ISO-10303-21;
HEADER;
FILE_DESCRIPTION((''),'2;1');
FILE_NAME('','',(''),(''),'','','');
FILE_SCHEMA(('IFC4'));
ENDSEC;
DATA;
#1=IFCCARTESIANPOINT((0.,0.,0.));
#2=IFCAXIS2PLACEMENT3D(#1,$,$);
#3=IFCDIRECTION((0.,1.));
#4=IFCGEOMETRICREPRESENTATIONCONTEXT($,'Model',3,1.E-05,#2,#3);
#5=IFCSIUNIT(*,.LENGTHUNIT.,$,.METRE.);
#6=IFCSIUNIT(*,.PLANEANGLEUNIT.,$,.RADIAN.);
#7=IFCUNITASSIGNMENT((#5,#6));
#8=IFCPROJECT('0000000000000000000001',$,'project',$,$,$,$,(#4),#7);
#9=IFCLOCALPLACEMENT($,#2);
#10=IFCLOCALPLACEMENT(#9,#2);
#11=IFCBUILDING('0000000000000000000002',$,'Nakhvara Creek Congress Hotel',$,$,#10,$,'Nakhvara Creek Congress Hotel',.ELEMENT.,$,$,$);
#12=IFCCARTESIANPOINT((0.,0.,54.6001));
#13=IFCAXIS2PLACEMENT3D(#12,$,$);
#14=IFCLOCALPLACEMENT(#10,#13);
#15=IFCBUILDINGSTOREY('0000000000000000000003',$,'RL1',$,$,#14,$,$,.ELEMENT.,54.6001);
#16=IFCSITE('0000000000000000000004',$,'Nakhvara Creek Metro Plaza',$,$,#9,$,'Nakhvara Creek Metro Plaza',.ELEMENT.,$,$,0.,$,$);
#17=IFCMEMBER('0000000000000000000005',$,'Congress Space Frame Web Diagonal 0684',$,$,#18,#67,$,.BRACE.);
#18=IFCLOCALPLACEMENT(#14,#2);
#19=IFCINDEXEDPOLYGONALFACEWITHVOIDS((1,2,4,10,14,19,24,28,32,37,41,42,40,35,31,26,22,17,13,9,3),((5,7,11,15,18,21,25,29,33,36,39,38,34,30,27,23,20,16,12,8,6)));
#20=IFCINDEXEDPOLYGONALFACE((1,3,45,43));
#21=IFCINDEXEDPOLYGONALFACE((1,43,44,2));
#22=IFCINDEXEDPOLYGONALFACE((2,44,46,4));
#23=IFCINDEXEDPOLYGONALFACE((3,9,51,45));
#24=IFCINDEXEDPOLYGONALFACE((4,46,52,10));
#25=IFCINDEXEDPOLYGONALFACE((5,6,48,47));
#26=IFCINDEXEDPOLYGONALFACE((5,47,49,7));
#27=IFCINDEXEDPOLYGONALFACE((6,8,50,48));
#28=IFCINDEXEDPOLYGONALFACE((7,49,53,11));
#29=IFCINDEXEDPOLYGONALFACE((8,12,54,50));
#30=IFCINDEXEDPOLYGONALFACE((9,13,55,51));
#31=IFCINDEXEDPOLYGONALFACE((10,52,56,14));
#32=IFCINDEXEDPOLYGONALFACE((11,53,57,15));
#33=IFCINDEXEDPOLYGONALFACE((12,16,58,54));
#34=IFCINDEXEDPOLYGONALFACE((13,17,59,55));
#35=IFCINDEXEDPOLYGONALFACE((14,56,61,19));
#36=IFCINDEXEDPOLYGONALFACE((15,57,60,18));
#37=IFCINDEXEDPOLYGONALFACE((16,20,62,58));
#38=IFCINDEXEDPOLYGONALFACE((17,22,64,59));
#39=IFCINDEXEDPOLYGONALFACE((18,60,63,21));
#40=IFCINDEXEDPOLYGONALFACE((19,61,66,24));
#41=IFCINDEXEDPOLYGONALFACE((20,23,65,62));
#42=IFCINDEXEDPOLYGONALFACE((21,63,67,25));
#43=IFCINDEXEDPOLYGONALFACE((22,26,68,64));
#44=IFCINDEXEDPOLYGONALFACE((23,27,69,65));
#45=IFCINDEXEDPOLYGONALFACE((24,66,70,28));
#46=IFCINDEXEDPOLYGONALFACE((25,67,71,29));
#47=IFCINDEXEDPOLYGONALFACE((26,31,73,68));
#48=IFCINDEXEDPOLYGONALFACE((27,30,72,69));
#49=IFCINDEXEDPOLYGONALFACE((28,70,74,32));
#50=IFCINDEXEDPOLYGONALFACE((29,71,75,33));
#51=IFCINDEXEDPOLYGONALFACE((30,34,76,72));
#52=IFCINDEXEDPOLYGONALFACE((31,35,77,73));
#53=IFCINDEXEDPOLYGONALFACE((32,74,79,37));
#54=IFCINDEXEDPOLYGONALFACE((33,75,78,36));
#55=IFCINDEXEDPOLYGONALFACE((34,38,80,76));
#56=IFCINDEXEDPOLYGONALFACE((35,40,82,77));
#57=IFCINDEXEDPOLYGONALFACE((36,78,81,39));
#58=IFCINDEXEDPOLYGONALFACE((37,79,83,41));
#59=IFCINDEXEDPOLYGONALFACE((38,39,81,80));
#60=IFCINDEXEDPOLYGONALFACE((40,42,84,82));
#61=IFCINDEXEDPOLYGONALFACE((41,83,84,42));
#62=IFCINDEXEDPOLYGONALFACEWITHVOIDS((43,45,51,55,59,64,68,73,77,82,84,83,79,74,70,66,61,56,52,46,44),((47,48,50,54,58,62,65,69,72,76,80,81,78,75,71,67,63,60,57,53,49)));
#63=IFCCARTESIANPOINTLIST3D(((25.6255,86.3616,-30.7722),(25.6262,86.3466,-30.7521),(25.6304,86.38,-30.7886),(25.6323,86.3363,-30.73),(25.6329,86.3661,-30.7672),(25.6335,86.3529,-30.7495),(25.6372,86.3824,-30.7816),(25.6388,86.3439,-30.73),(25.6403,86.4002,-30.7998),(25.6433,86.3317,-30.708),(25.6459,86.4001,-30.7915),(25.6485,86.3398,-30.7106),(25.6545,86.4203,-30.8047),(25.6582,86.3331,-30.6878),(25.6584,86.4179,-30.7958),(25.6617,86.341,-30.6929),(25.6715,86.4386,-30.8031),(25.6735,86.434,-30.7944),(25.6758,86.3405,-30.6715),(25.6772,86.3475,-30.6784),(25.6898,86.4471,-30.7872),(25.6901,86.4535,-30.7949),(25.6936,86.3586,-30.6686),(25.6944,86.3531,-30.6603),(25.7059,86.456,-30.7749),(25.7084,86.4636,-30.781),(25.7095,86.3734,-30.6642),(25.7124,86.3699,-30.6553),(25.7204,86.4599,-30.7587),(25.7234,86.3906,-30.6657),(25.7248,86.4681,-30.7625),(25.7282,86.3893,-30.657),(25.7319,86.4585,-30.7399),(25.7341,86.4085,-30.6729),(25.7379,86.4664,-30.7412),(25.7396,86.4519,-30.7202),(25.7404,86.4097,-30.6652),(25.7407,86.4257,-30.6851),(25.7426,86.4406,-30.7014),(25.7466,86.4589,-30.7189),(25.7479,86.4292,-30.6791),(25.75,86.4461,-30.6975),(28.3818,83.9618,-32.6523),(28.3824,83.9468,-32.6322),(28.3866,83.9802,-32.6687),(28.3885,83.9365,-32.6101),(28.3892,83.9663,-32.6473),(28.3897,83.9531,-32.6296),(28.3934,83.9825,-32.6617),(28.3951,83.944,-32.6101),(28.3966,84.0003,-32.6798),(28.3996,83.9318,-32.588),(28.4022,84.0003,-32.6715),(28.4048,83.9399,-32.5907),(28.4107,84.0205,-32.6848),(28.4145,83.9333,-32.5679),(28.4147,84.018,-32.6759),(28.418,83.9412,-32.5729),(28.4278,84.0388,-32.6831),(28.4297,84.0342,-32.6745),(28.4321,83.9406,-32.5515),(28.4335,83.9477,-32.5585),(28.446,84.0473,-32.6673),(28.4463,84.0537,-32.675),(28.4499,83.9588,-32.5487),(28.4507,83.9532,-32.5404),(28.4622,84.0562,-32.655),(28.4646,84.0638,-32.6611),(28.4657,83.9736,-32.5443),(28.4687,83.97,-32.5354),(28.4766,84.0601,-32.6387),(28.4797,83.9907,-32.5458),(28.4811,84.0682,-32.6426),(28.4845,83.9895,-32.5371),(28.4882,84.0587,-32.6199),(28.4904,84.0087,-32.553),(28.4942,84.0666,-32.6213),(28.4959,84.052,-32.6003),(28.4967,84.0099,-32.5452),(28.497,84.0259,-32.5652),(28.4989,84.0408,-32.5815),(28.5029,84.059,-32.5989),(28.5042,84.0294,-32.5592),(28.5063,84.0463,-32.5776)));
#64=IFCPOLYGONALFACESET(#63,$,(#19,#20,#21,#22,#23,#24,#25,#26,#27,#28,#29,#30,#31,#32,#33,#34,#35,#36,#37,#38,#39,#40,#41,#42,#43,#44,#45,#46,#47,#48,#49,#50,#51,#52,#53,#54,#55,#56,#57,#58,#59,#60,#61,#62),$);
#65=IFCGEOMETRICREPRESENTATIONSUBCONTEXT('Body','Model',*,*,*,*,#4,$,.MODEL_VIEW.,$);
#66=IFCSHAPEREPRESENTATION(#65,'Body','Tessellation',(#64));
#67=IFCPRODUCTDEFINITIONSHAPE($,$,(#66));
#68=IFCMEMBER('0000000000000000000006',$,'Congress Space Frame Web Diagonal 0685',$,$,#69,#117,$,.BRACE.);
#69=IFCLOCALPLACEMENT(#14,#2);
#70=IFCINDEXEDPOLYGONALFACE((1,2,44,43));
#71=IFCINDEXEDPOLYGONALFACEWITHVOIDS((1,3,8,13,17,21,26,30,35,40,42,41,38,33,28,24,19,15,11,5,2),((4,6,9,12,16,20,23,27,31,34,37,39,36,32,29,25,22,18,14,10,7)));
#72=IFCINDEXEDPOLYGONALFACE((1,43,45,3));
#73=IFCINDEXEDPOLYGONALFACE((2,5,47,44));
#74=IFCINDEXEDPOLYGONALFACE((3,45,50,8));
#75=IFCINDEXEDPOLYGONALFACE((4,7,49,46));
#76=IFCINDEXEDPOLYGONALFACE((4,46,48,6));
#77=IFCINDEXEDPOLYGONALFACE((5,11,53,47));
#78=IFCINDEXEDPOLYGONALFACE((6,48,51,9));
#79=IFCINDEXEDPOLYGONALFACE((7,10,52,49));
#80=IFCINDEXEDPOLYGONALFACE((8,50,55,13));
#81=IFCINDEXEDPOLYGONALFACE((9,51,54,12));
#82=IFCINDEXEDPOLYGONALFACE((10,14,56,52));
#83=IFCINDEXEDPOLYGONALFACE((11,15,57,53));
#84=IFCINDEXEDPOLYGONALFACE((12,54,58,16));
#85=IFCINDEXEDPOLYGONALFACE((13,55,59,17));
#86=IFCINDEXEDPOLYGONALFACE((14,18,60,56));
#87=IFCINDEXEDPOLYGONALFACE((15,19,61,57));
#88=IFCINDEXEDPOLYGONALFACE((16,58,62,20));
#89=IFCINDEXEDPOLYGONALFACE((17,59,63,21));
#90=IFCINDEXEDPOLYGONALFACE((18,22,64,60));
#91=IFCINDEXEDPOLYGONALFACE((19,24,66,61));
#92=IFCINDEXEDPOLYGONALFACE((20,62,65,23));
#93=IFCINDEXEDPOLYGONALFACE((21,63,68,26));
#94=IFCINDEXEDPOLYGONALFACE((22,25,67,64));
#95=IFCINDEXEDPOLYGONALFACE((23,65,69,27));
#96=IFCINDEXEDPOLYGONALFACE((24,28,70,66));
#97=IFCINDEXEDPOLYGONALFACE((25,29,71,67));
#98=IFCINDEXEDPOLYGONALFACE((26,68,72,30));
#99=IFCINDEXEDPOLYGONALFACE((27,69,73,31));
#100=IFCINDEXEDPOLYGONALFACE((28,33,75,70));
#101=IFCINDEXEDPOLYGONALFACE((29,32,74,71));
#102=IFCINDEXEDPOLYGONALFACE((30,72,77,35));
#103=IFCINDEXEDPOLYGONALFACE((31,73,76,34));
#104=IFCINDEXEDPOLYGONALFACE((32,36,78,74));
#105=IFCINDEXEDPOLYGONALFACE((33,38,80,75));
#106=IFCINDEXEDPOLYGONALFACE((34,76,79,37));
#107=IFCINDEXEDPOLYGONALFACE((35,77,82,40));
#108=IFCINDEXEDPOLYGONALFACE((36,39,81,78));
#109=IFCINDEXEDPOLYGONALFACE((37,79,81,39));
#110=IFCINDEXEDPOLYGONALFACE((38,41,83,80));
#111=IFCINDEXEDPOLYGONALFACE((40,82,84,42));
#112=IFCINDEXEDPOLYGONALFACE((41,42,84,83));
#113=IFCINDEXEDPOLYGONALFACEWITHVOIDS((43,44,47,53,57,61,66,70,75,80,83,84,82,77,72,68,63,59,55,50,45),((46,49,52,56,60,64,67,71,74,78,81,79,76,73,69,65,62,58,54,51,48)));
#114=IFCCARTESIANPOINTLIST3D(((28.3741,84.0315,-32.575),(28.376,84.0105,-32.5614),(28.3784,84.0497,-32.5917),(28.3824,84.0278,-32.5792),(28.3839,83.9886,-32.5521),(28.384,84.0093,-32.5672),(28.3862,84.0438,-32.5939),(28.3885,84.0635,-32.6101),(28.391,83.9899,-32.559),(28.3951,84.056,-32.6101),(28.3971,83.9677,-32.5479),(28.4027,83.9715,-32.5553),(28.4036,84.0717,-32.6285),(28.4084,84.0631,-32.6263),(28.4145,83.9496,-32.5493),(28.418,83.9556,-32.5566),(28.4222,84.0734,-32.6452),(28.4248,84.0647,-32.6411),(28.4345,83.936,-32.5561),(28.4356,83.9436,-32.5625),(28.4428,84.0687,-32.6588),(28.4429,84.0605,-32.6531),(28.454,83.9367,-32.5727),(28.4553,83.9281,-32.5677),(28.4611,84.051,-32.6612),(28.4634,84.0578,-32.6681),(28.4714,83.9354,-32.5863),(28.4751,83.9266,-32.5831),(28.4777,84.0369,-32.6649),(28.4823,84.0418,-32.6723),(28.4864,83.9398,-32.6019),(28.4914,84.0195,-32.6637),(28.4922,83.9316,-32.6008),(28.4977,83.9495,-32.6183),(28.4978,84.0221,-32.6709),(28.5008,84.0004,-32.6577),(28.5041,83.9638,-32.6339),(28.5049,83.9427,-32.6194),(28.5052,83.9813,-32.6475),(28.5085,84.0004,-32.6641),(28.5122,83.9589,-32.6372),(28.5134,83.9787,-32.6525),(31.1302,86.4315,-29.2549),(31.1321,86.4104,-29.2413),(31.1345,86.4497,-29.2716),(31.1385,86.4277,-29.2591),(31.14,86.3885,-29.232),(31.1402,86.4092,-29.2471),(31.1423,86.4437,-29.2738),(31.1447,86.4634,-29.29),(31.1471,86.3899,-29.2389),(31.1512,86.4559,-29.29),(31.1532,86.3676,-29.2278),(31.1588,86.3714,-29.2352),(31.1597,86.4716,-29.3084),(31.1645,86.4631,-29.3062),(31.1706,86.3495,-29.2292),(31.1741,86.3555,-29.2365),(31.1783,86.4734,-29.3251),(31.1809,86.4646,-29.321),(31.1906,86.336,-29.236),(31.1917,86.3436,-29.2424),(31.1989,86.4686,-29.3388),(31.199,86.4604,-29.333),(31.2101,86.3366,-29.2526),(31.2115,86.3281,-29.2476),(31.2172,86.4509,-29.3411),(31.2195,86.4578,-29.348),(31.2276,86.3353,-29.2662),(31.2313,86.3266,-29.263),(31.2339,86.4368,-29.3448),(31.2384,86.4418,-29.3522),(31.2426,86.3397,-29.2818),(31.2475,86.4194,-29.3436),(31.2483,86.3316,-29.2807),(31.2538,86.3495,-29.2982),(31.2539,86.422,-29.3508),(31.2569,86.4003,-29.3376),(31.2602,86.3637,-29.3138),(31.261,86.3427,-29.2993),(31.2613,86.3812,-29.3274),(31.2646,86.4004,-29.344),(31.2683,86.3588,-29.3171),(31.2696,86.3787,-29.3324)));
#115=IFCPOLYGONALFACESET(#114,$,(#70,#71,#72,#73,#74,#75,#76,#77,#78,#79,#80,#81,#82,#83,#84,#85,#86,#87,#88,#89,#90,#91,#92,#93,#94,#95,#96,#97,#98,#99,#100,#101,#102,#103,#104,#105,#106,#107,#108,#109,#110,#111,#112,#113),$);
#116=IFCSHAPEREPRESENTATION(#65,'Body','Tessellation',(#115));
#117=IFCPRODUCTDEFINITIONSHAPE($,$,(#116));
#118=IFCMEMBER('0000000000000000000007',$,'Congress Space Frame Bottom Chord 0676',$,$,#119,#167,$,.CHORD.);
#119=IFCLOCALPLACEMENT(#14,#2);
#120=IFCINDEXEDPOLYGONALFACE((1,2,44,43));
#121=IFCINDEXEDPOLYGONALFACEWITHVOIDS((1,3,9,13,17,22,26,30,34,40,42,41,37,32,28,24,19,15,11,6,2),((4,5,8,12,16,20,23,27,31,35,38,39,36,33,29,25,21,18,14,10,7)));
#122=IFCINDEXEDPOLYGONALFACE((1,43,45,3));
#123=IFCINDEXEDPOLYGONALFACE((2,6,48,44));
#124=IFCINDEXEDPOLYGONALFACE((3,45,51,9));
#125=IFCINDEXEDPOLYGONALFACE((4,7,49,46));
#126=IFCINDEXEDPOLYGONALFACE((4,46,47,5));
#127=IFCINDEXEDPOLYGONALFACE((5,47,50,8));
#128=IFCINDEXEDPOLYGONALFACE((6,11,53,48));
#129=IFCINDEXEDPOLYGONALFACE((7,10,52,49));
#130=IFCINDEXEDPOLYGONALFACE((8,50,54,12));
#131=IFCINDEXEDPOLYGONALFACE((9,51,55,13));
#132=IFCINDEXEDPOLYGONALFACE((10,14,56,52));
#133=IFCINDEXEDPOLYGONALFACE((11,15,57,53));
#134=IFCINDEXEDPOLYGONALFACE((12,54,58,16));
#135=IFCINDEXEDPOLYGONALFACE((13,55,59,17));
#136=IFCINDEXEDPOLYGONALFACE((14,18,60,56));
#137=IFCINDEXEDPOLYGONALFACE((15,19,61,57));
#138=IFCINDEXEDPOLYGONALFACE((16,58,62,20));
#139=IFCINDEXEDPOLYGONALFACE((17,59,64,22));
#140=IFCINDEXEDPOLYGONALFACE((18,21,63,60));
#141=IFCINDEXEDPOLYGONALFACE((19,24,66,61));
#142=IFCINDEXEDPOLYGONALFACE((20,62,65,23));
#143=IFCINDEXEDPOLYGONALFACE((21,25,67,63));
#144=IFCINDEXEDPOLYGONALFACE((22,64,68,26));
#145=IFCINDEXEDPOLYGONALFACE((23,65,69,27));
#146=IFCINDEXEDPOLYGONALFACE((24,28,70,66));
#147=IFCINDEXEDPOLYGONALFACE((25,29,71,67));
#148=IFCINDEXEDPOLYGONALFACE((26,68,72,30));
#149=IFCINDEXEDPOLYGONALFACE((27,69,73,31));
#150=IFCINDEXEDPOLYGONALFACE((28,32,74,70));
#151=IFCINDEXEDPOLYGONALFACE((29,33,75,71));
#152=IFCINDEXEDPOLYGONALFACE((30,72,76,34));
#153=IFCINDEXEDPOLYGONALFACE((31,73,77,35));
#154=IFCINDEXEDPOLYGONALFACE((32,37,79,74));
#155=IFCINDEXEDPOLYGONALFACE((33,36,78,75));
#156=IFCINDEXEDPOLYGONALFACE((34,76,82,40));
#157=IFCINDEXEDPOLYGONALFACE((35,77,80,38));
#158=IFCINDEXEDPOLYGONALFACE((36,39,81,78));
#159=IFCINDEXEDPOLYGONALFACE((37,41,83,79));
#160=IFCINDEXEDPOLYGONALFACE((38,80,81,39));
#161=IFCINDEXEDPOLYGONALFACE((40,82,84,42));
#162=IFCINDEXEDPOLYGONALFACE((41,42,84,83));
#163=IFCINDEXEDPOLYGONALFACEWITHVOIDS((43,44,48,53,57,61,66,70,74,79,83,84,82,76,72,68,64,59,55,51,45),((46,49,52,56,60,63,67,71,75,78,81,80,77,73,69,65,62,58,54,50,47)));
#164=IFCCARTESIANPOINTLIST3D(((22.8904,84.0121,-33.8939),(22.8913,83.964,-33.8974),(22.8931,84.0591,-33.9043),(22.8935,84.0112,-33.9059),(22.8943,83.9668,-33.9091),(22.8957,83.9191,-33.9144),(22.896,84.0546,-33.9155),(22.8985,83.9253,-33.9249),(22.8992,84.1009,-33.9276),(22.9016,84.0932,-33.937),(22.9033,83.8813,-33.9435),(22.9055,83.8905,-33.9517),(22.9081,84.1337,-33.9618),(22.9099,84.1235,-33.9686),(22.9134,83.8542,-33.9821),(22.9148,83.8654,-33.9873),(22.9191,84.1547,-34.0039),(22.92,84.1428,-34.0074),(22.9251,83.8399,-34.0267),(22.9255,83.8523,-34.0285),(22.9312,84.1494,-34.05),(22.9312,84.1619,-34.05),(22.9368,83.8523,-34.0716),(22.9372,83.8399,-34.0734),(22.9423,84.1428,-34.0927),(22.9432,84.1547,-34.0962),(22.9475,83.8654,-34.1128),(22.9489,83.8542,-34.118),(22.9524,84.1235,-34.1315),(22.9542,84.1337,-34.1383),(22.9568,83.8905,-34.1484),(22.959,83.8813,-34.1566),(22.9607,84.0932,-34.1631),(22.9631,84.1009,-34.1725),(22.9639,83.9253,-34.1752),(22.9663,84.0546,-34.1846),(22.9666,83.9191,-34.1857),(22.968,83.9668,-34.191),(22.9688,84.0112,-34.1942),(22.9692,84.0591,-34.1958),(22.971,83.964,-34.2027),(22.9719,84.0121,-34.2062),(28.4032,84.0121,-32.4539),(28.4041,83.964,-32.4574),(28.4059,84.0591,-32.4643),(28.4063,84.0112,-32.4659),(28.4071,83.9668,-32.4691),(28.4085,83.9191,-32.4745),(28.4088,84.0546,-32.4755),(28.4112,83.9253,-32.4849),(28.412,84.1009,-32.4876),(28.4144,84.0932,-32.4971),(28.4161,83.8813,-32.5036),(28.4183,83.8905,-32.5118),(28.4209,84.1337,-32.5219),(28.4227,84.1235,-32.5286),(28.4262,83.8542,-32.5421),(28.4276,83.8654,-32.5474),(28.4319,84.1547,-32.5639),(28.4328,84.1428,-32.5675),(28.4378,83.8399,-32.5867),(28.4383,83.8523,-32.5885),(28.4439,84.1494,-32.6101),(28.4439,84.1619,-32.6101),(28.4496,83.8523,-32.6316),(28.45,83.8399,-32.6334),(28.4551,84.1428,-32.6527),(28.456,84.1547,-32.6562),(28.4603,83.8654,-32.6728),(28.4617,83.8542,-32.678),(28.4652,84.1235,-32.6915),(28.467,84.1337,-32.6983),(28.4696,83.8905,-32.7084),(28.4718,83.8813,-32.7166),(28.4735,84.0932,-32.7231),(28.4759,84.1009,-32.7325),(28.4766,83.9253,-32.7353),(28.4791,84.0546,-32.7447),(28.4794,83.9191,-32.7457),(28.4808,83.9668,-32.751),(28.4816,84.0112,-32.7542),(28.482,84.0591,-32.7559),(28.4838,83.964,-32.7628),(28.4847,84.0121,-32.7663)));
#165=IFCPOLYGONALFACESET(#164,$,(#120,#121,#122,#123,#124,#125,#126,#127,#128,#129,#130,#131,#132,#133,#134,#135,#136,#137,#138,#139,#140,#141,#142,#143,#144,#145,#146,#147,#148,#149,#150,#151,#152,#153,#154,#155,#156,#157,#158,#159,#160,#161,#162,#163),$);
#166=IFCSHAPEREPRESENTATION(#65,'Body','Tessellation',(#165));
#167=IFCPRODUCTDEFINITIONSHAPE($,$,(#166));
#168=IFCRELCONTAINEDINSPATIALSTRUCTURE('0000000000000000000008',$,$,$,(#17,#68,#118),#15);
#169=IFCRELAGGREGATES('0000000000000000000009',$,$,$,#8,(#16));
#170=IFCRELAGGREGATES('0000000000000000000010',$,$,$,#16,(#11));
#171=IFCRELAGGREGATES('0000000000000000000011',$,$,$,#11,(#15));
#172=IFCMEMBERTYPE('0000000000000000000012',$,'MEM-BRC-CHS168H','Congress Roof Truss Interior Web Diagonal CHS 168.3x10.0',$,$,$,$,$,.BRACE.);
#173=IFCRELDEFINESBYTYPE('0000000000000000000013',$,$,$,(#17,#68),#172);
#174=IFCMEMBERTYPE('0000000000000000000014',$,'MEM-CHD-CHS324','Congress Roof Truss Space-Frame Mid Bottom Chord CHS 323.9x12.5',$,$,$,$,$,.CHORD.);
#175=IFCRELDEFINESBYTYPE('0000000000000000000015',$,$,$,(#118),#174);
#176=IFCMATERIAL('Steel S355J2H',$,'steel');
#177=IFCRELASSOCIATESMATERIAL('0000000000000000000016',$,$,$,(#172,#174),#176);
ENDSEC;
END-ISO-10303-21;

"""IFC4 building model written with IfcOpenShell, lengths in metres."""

from ifc_helpers import new_model, si_unit, direction, frame, origin, origin_2d, place, context, subcontext, project, spatial, hollow_circle, extrude, material, material_profile, profile_set, type_object, element, save


model = new_model("IFC4")

# Units and contexts
model_context = context("Model", 3, precision=1e-05, world=origin(), true_north=direction((0.0, 1.0)))
body_context = subcontext(model_context, "Body", "Model", "MODEL_VIEW")
ifc_project = project(units=[si_unit("LENGTHUNIT", "METRE"), si_unit("PLANEANGLEUNIT", "RADIAN")], contexts=[model_context])

# Site, building, storey
site_placement = place(None, origin())
site = spatial("IfcSite", under=ifc_project, at=site_placement, Name="Nakhvara Creek Metro Plaza", LongName="Nakhvara Creek Metro Plaza", CompositionType="ELEMENT", RefElevation=0.0)
building_placement = place(site_placement, origin())
building = spatial("IfcBuilding", under=site, at=building_placement, Name="Nakhvara Creek Congress Hotel", LongName="Nakhvara Creek Congress Hotel", CompositionType="ELEMENT")
storey_placement = place(building_placement, frame((0.0, 0.0, 54.6001)))
storey = spatial("IfcBuildingStorey", under=building, at=storey_placement, Name="RL1", CompositionType="ELEMENT", Elevation=54.6001)

# Members
ifc_material_1 = material(Name="Steel S355J2H", Category="steel")
ifc_material_profile_1 = material_profile(ifc_material_1, hollow_circle(Radius=0.0842, WallThickness=0.01, at=origin_2d()), Name="CHS 168.3x10.0", Category="LoadBearing")
ifc_profile_set_1 = profile_set([ifc_material_profile_1], Name="Steel S355J2H")
member_type_1 = type_object("IfcMemberType", Name="MEM-BRC-CHS168H", Description="Congress Roof Truss Interior Web Diagonal CHS 168.3x10.0", PredefinedType="BRACE", material=ifc_profile_set_1)
member_1_placement = place(storey_placement, frame((28.4438, 84.0, -32.6101), z_axis=(-0.670649, 0.583922, 0.457455), x_axis=(-0.656658, -0.754188, 0.0)))
element("IfcMember", 1, at=member_1_placement, inside=storey, type_object=member_type_1, Name="Congress Space Frame Web Diagonal 0684", PredefinedType="BRACE", context=body_context, shape_type="SweptSolid", body=[
    extrude(hollow_circle(Radius=0.0842, WallThickness=0.01, at=origin_2d()), origin(), (0.0, 0.0, 1.0), 4.1099),
])
member_2_placement = place(storey_placement, frame((28.4438, 84.0, -32.6101), z_axis=(0.558203, 0.48606, 0.672425), x_axis=(-0.656691, 0.75416, 0.0)))
element("IfcMember", 2, at=member_2_placement, inside=storey, type_object=member_type_1, Name="Congress Space Frame Web Diagonal 0685", PredefinedType="BRACE", context=body_context, shape_type="SweptSolid", body=[
    extrude(hollow_circle(Radius=0.0842, WallThickness=0.01, at=origin_2d()), origin(), (0.0, 0.0, 1.0), 4.9375),
])
ifc_material_profile_2 = material_profile(ifc_material_1, hollow_circle(Radius=0.1619, WallThickness=0.0125, at=origin_2d()), Name="CHS 323.9x12.5", Category="LoadBearing")
ifc_profile_set_2 = profile_set([ifc_material_profile_2], Name="Steel S355J2H")
member_type_2 = type_object("IfcMemberType", Name="MEM-CHD-CHS324", Description="Congress Roof Truss Space-Frame Mid Bottom Chord CHS 323.9x12.5", PredefinedType="CHORD", material=ifc_profile_set_2)
member_3_placement = place(storey_placement, frame((22.9312, 84.0, -34.05), z_axis=(0.967538, 0.0, 0.252725), x_axis=(0.0, 1.0, 0.0)))
element("IfcMember", 3, at=member_3_placement, inside=storey, type_object=member_type_2, Name="Congress Space Frame Bottom Chord 0676", PredefinedType="CHORD", context=body_context, shape_type="SweptSolid", body=[
    extrude(hollow_circle(Radius=0.1619, WallThickness=0.0125, at=origin_2d()), origin(), (0.0, 0.0, 1.0), 5.6978),
])

save(model, "model.ifc")
